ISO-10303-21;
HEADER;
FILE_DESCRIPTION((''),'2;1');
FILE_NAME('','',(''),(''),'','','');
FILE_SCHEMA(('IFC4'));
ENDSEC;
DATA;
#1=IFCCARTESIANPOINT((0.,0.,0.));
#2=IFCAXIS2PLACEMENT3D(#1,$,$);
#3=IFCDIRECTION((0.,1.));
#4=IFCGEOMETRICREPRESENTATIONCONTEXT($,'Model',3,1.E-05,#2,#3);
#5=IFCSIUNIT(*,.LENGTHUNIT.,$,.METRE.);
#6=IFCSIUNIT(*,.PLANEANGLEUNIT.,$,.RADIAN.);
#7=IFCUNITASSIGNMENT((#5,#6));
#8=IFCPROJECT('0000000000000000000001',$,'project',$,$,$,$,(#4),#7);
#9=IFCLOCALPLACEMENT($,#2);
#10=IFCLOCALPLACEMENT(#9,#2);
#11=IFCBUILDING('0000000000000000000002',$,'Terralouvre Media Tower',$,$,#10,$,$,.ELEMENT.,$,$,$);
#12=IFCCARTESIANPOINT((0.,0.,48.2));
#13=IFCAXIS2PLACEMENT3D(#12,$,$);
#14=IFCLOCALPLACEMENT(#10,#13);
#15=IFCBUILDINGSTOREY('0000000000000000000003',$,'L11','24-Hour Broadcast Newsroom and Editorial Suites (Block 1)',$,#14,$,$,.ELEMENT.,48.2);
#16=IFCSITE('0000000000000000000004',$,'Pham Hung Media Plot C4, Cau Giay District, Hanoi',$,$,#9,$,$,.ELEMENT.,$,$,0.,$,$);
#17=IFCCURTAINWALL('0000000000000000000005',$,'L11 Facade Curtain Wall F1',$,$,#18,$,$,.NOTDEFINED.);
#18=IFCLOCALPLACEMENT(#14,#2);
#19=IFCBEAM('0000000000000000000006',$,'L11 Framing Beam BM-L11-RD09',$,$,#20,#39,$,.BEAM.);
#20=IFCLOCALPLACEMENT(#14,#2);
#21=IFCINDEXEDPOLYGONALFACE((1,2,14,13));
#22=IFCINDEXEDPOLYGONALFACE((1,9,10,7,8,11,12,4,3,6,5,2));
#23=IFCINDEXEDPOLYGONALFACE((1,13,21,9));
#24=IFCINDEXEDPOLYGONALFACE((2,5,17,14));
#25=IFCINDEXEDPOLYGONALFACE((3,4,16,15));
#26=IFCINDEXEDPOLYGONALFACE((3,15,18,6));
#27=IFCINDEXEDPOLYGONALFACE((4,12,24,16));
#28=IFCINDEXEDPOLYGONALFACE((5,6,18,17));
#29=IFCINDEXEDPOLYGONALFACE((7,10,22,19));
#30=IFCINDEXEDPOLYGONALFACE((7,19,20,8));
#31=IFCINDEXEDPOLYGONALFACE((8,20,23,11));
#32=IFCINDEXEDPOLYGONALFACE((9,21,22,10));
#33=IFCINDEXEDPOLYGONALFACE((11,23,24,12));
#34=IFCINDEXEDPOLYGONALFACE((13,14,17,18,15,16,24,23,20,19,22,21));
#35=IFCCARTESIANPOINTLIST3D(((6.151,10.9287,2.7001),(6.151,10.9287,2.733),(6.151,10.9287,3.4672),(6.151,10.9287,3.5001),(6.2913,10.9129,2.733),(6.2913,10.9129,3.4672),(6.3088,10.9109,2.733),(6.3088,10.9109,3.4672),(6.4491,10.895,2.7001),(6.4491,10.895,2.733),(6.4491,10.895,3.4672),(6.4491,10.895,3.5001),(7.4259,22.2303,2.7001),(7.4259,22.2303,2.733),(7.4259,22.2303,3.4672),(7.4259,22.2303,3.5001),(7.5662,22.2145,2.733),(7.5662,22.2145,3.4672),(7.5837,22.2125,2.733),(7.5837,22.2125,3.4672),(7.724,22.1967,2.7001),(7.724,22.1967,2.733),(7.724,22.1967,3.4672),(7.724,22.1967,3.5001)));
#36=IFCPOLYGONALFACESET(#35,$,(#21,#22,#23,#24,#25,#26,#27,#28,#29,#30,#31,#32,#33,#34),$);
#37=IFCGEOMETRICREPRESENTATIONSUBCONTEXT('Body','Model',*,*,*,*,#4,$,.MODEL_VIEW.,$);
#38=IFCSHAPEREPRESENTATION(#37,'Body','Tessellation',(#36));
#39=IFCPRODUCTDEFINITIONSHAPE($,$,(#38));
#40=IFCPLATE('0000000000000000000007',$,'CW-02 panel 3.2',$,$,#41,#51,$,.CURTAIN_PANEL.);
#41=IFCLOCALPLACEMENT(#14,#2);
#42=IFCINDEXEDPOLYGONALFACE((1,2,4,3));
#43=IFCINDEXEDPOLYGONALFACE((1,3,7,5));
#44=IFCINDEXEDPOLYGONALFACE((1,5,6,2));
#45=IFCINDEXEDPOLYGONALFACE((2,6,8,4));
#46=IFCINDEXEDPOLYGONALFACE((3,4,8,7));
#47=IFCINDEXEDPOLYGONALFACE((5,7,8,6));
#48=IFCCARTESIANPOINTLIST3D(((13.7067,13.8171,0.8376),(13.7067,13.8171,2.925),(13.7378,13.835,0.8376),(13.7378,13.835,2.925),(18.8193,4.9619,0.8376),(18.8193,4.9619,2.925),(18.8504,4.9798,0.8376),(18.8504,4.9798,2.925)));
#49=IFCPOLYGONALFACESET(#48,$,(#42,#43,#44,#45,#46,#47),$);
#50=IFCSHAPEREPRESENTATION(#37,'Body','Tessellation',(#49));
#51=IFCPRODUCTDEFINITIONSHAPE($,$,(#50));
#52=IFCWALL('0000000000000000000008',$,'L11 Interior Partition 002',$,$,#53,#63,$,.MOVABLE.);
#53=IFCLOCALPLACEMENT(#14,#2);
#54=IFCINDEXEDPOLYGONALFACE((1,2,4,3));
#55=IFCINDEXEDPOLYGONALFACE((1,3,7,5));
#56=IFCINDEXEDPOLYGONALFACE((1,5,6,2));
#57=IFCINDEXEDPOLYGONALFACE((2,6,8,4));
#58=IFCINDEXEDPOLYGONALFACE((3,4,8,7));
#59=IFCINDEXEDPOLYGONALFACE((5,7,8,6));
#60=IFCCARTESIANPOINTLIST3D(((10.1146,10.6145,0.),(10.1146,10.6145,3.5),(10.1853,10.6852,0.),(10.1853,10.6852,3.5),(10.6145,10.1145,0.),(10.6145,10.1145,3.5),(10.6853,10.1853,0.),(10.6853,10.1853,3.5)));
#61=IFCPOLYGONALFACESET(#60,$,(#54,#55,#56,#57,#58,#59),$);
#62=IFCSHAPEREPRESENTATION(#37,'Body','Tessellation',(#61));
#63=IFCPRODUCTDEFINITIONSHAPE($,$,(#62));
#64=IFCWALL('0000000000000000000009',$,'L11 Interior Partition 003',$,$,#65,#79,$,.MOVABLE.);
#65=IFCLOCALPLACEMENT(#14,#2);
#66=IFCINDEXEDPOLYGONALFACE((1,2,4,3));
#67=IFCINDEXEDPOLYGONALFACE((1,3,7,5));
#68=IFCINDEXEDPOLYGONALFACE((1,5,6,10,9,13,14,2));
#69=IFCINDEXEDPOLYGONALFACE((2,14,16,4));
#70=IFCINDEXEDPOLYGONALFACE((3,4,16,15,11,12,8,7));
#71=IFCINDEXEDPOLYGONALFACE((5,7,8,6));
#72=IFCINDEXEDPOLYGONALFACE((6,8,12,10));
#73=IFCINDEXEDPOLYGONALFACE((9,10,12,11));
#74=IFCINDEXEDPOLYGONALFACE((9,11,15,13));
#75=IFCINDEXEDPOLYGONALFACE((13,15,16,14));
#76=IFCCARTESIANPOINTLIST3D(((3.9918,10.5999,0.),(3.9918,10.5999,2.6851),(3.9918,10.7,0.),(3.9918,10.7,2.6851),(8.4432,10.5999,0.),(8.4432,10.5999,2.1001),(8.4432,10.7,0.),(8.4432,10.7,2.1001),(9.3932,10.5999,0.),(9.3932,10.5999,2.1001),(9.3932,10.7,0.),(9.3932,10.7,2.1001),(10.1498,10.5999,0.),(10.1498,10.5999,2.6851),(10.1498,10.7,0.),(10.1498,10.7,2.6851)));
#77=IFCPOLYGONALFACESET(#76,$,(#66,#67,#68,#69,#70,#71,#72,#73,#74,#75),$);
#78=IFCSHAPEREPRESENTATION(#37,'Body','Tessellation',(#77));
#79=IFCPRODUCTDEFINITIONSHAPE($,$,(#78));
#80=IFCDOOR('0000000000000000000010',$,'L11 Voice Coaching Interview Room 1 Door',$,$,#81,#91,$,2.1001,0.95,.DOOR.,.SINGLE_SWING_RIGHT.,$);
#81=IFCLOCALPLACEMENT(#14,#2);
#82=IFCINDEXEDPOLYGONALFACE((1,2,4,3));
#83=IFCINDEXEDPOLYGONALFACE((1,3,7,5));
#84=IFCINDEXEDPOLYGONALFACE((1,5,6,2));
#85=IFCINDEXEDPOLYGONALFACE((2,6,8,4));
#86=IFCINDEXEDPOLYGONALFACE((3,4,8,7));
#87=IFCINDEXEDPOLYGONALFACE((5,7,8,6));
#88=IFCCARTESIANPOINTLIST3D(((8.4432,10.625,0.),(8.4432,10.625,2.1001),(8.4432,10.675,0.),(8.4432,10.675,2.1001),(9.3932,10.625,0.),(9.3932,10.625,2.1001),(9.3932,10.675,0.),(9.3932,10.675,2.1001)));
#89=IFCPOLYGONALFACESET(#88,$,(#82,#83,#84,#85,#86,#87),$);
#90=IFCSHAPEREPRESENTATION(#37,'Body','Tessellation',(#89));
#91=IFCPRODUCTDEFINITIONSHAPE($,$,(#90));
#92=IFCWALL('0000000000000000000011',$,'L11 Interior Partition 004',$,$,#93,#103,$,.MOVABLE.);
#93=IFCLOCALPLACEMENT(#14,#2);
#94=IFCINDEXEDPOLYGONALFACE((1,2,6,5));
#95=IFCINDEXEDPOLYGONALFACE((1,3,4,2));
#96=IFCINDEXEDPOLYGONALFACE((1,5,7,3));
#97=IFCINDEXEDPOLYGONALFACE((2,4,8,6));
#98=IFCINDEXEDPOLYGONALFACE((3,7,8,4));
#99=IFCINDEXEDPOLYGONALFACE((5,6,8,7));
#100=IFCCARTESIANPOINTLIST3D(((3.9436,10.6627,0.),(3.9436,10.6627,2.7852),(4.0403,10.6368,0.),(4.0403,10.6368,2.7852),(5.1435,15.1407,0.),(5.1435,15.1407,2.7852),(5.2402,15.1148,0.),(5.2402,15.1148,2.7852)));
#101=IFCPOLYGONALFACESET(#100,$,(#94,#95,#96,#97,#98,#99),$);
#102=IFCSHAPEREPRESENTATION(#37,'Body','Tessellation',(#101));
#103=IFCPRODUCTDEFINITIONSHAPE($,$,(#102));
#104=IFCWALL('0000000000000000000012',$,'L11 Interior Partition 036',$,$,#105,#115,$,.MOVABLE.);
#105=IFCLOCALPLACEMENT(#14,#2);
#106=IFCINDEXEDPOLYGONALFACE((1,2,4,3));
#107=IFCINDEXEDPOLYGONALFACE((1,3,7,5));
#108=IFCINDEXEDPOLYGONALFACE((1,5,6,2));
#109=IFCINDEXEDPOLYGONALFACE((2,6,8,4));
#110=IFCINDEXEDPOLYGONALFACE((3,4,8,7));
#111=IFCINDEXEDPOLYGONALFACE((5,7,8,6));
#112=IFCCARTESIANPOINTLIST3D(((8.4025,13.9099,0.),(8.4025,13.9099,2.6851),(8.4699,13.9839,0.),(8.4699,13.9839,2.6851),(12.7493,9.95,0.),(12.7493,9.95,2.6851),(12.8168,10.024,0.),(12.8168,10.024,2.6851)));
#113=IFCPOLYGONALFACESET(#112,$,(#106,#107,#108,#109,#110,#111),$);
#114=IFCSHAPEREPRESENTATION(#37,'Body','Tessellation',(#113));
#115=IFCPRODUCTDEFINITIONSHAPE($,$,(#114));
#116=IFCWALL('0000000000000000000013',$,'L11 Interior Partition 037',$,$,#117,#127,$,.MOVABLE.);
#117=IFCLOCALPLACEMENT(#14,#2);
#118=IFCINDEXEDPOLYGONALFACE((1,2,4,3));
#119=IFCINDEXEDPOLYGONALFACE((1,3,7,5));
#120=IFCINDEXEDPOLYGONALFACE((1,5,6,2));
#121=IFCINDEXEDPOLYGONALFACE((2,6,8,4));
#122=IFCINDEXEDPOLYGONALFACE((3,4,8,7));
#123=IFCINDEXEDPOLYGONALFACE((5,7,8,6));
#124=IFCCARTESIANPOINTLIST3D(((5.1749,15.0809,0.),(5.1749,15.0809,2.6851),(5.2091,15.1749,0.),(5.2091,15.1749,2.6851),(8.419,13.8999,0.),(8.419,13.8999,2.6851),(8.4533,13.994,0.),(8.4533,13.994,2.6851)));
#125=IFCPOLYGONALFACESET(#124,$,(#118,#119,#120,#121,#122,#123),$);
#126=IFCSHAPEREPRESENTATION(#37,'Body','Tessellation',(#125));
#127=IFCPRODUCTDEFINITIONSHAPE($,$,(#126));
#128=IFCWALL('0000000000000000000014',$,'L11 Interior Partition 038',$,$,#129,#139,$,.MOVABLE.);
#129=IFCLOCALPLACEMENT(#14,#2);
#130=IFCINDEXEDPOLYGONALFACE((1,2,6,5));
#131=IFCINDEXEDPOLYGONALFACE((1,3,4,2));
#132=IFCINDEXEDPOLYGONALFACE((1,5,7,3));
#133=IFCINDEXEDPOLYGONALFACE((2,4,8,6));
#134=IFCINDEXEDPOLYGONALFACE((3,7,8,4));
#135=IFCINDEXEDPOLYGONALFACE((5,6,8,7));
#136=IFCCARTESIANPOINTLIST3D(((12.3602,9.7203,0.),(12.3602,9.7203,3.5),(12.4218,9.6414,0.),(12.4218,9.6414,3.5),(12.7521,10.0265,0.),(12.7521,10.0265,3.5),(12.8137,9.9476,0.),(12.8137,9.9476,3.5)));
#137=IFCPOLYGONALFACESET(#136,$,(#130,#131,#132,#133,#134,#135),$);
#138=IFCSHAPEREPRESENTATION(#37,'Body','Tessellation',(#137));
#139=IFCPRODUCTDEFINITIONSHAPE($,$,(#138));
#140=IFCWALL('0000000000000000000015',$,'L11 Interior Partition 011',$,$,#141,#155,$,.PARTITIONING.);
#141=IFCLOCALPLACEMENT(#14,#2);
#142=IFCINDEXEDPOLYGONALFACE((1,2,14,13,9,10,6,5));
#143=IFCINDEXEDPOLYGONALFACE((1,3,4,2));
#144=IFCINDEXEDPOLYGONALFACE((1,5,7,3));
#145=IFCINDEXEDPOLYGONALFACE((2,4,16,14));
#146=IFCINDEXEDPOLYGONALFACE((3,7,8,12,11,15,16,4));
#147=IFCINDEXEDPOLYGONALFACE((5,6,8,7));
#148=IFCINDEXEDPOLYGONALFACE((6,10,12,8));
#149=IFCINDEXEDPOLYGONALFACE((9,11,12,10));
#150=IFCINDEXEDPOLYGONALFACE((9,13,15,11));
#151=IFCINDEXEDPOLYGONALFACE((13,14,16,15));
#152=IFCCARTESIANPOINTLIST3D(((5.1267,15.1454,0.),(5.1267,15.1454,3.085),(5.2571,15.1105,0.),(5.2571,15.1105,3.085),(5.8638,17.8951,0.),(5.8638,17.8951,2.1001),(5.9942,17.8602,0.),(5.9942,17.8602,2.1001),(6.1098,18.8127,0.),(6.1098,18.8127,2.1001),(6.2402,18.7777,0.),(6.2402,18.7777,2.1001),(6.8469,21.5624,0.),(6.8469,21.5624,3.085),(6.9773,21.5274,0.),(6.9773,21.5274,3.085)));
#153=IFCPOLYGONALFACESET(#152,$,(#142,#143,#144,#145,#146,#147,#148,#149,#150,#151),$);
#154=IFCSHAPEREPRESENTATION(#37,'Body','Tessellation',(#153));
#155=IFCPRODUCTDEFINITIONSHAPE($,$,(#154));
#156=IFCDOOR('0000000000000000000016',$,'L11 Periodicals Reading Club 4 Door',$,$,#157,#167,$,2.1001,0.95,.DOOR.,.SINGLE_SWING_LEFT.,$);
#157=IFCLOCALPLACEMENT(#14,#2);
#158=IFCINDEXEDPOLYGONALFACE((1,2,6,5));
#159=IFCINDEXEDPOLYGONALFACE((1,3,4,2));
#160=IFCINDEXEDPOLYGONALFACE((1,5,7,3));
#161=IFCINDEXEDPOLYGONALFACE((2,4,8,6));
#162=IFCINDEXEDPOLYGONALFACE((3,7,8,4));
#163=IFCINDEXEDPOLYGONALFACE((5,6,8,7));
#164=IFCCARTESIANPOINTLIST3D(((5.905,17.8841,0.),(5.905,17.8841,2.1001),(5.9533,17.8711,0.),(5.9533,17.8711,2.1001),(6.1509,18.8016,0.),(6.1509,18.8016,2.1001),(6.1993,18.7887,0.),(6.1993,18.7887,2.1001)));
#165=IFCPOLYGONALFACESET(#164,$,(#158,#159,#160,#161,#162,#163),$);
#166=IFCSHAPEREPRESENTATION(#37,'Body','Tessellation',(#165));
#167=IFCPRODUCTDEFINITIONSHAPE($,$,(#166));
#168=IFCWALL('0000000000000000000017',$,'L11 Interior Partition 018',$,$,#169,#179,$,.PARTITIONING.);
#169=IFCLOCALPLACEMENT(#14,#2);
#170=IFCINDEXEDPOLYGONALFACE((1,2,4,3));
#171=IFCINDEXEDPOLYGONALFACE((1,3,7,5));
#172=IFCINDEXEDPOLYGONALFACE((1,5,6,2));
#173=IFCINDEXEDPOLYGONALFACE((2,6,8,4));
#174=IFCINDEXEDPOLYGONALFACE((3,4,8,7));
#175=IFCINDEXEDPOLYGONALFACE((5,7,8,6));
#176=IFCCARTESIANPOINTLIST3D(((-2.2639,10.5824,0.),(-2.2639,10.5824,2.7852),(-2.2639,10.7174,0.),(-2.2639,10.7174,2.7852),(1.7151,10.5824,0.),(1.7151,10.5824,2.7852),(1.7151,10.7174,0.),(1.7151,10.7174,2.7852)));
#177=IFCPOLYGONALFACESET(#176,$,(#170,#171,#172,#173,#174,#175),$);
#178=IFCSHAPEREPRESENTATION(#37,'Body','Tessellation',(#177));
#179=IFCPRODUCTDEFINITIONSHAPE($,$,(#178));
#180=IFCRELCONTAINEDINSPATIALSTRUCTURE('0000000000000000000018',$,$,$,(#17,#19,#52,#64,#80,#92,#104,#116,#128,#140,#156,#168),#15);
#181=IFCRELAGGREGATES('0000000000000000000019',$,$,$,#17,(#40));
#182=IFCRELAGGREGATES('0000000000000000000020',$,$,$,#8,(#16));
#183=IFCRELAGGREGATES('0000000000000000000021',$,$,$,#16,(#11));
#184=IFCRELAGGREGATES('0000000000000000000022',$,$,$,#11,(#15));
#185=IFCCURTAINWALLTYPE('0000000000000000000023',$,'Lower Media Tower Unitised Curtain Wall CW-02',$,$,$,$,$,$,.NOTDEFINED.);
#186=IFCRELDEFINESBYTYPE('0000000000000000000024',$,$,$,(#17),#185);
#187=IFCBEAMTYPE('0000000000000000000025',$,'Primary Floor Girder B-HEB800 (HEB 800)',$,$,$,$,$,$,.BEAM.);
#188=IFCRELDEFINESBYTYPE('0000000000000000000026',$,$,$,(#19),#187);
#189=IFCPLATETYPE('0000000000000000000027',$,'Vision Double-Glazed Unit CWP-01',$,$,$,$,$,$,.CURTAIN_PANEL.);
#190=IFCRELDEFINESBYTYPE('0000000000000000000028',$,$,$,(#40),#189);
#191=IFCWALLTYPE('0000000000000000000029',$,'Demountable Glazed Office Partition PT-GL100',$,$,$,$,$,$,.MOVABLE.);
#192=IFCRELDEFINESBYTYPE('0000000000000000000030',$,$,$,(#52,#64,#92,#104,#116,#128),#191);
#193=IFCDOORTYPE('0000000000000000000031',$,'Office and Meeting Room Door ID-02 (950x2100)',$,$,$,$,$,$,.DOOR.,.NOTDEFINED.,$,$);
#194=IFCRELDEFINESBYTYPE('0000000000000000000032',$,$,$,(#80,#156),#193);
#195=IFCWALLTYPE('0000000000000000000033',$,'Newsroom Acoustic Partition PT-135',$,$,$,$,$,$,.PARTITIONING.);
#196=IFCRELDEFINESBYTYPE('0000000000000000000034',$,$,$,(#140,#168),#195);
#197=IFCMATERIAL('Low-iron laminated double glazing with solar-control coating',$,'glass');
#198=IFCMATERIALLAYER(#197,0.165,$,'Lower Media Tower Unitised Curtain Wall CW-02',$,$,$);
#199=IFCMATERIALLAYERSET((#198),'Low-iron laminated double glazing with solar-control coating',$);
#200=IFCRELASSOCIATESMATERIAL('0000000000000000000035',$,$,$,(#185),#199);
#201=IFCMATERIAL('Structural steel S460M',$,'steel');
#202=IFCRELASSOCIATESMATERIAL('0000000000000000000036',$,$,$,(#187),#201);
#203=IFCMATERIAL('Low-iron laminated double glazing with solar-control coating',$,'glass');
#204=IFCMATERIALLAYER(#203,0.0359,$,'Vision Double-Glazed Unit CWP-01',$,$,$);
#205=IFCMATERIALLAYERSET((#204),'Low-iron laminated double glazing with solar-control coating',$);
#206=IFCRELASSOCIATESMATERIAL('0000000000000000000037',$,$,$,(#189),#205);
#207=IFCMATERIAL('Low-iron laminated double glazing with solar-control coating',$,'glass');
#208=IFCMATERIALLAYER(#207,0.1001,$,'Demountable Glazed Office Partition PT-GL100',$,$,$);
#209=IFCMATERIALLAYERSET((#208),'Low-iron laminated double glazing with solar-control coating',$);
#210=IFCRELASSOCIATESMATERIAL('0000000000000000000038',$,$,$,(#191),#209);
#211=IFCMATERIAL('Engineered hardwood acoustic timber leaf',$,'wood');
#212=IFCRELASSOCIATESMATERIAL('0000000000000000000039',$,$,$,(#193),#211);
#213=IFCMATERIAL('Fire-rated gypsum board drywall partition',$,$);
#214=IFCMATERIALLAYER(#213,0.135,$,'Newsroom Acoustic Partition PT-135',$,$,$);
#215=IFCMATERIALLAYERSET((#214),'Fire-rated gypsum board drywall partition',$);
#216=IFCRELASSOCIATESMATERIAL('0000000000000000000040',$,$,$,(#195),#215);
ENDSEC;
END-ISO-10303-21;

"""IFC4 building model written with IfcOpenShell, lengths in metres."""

from ifc_helpers import new_model, si_unit, direction, frame, frame_2d, origin, origin_2d, place, context, subcontext, project, spatial, rectangle, i_section, extrude, material, layer, layer_set, material_profile, profile_set, type_object, element, fill, aggregate, save


model = new_model("IFC4")

# Units and contexts
model_context = context("Model", 3, precision=1e-05, world=origin(), true_north=direction((0.0, 1.0)))
body_context = subcontext(model_context, "Body", "Model", "MODEL_VIEW")
ifc_project = project(units=[si_unit("LENGTHUNIT", "METRE"), si_unit("PLANEANGLEUNIT", "RADIAN")], contexts=[model_context])

# Site, building, storey
site_placement = place(None, origin())
site = spatial("IfcSite", under=ifc_project, at=site_placement, Name="Pham Hung Media Plot C4, Cau Giay District, Hanoi", CompositionType="ELEMENT", RefElevation=0.0)
building_placement = place(site_placement, origin())
building = spatial("IfcBuilding", under=site, at=building_placement, Name="Terralouvre Media Tower", CompositionType="ELEMENT")
storey_placement = place(building_placement, frame((0.0, 0.0, 48.2)))
storey = spatial("IfcBuildingStorey", under=building, at=storey_placement, Name="L11", Description="24-Hour Broadcast Newsroom and Editorial Suites (Block 1)", CompositionType="ELEMENT", Elevation=48.2)

# Curtain wall
ifc_material_1 = material(Name="Low-iron laminated double glazing with solar-control coating", Category="glass")
ifc_layer_1 = layer(ifc_material_1, 0.165, Name="Lower Media Tower Unitised Curtain Wall CW-02")
ifc_layer_set_1 = layer_set([ifc_layer_1], Name="Low-iron laminated double glazing with solar-control coating")
curtain_wall_type = type_object("IfcCurtainWallType", Name="Lower Media Tower Unitised Curtain Wall CW-02", PredefinedType="NOTDEFINED", material=ifc_layer_set_1)
curtain_wall_placement = place(storey_placement, origin())
curtain_wall = element("IfcCurtainWall", 1, at=curtain_wall_placement, inside=storey, type_object=curtain_wall_type, Name="L11 Facade Curtain Wall F1", PredefinedType="NOTDEFINED")

# Beam
ifc_material_2 = material(Name="Structural steel S460M", Category="steel")
ifc_material_profile_1 = material_profile(ifc_material_2, i_section(OverallWidth=0.3, OverallDepth=0.8, WebThickness=0.0176, FlangeThickness=0.033, at=origin_2d()), Name="HEB 800")
ifc_profile_set_1 = profile_set([ifc_material_profile_1], Name="Structural steel S460M")
beam_type_1 = type_object("IfcBeamType", Name="Primary Floor Girder B-HEB800 (HEB 800)", PredefinedType="BEAM", material=ifc_profile_set_1)
beam_1_placement = place(storey_placement, frame((6.3, 10.9119, 3.1001), z_axis=(0.112097, 0.993697, 0.0), x_axis=(-0.993697, 0.112097, 0.0)))
element("IfcBeam", 2, at=beam_1_placement, inside=storey, type_object=beam_type_1, Name="L11 Framing Beam BM-L11-RD09", PredefinedType="BEAM", context=body_context, shape_type="SweptSolid", body=[
    extrude(i_section(OverallWidth=0.3, OverallDepth=0.8, WebThickness=0.0176, FlangeThickness=0.033, at=origin_2d()), origin(), (0.0, 0.0, 1.0), 11.3733),
])

# Plate
ifc_material_3 = material(Name="Low-iron laminated double glazing with solar-control coating", Category="glass")
ifc_layer_2 = layer(ifc_material_3, 0.0359, Name="Vision Double-Glazed Unit CWP-01")
ifc_layer_set_2 = layer_set([ifc_layer_2], Name="Low-iron laminated double glazing with solar-control coating")
plate_type = type_object("IfcPlateType", Name="Vision Double-Glazed Unit CWP-01", PredefinedType="CURTAIN_PANEL", material=ifc_layer_set_2)
plate_placement = place(storey_placement, frame((16.2786, 9.3984, 0.8376), z_axis=(0.0, 0.0, 1.0), x_axis=(-0.5, 0.866025, 0.0)))
plate = element("IfcPlate", 3, at=plate_placement, type_object=plate_type, Name="CW-02 panel 3.2", PredefinedType="CURTAIN_PANEL", context=body_context, shape_type="SweptSolid", body=[
    extrude(rectangle(XDim=10.2251, YDim=0.0359, at=origin_2d()), origin(), (0.0, 0.0, 1.0), 2.0874),
])
aggregate(curtain_wall, [plate])

# Wall
ifc_material_4 = material(Name="Low-iron laminated double glazing with solar-control coating", Category="glass")
ifc_layer_3 = layer(ifc_material_4, 0.1001, Name="Demountable Glazed Office Partition PT-GL100")
ifc_layer_set_3 = layer_set([ifc_layer_3], Name="Low-iron laminated double glazing with solar-control coating")
wall_type_1 = type_object("IfcWallType", Name="Demountable Glazed Office Partition PT-GL100", PredefinedType="MOVABLE", material=ifc_layer_set_3)
wall_1_placement = place(storey_placement, frame((10.6499, 10.1499, 0.0), z_axis=(0.0, 0.0, 1.0), x_axis=(-0.707107, 0.707107, 0.0)))
element("IfcWall", 4, at=wall_1_placement, inside=storey, type_object=wall_type_1, Name="L11 Interior Partition 002", PredefinedType="MOVABLE", context=body_context, shape_type="SweptSolid", body=[
    extrude(rectangle(XDim=0.707, YDim=0.1001, at=frame_2d((0.3535, 0.0))), origin(), (0.0, 0.0, 1.0), 3.5),
])

# Wall, opening, door
wall_2_placement = place(storey_placement, frame((10.1499, 10.6499, 0.0), z_axis=(0.0, 0.0, 1.0), x_axis=(-1.0, 0.0, 0.0)))
wall_2 = element("IfcWall", 5, at=wall_2_placement, inside=storey, type_object=wall_type_1, Name="L11 Interior Partition 003", PredefinedType="MOVABLE", context=body_context, shape_type="SweptSolid", body=[
    extrude(rectangle(XDim=6.158, YDim=0.1001, at=frame_2d((3.0791, 0.0))), origin(), (0.0, 0.0, 1.0), 2.6851),
])
opening_1_placement = place(wall_2_placement, frame((0.7566, 0.0, 0.0)))
opening_1 = element("IfcOpeningElement", 6, at=opening_1_placement, cuts=wall_2, PredefinedType="OPENING", context=body_context, shape_type="SweptSolid", body=[
    extrude(rectangle(XDim=0.95, YDim=2.1001, at=frame_2d((0.4751, 1.05))), frame((0.0, 0.0601, 0.0), z_axis=(0.0, -1.0, 0.0), x_axis=(1.0, 0.0, 0.0)), (0.0, 0.0, 1.0), 0.1201),
])
ifc_material_5 = material(Name="Engineered hardwood acoustic timber leaf", Category="wood")
door_type = type_object("IfcDoorType", Name="Office and Meeting Room Door ID-02 (950x2100)", OperationType="NOTDEFINED", PredefinedType="DOOR", material=ifc_material_5)
door_1_placement = place(opening_1_placement, origin())
door_1 = element("IfcDoor", 7, at=door_1_placement, inside=storey, type_object=door_type, Name="L11 Voice Coaching Interview Room 1 Door", OperationType="SINGLE_SWING_RIGHT", OverallHeight=2.1001, OverallWidth=0.95, PredefinedType="DOOR", context=body_context, shape_type="SweptSolid", body=[
    extrude(rectangle(XDim=0.95, YDim=2.1001, at=frame_2d((0.4751, 1.05))), frame((0.0, 0.0249, 0.0), z_axis=(0.0, -1.0, 0.0), x_axis=(1.0, 0.0, 0.0)), (0.0, 0.0, 1.0), 0.05),
])
fill(opening_1, door_1)

# Walls
wall_3_placement = place(storey_placement, frame((3.9919, 10.6499, 0.0), z_axis=(0.0, 0.0, 1.0), x_axis=(0.258833, 0.965922, 0.0)))
element("IfcWall", 8, at=wall_3_placement, inside=storey, type_object=wall_type_1, Name="L11 Interior Partition 004", PredefinedType="MOVABLE", context=body_context, shape_type="SweptSolid", body=[
    extrude(rectangle(XDim=4.636, YDim=0.1001, at=frame_2d((2.3179, 0.0))), origin(), (0.0, 0.0, 1.0), 2.7852),
])
wall_4_placement = place(storey_placement, frame((12.783, 9.9871, 0.0), z_axis=(0.0, 0.0, 1.0), x_axis=(-0.739245, 0.673437, 0.0)))
element("IfcWall", 9, at=wall_4_placement, inside=storey, type_object=wall_type_1, Name="L11 Interior Partition 036", PredefinedType="MOVABLE", context=body_context, shape_type="SweptSolid", body=[
    extrude(rectangle(XDim=5.8801, YDim=0.1001, at=frame_2d((2.9399, 0.0))), origin(), (0.0, 0.0, 1.0), 2.6851),
])
wall_5_placement = place(storey_placement, frame((8.436, 13.947, 0.0), z_axis=(0.0, 0.0, 1.0), x_axis=(-0.93968, 0.342055, 0.0)))
element("IfcWall", 10, at=wall_5_placement, inside=storey, type_object=wall_type_1, Name="L11 Interior Partition 037", PredefinedType="MOVABLE", context=body_context, shape_type="SweptSolid", body=[
    extrude(rectangle(XDim=3.4524, YDim=0.1001, at=frame_2d((1.7261, 0.0))), origin(), (0.0, 0.0, 1.0), 2.6851),
])
wall_6_placement = place(storey_placement, frame((12.3911, 9.6809, 0.0), z_axis=(0.0, 0.0, 1.0), x_axis=(0.788002, 0.615673, 0.0)))
element("IfcWall", 11, at=wall_6_placement, inside=storey, type_object=wall_type_1, Name="L11 Interior Partition 038", PredefinedType="MOVABLE", context=body_context, shape_type="SweptSolid", body=[
    extrude(rectangle(XDim=0.4973, YDim=0.1001, at=frame_2d((0.2485, 0.0))), origin(), (0.0, 0.0, 1.0), 3.5),
])

# Wall, opening, door
ifc_material_6 = material(Name="Fire-rated gypsum board drywall partition")
ifc_layer_4 = layer(ifc_material_6, 0.135, Name="Newsroom Acoustic Partition PT-135")
ifc_layer_set_4 = layer_set([ifc_layer_4], Name="Fire-rated gypsum board drywall partition")
wall_type_2 = type_object("IfcWallType", Name="Newsroom Acoustic Partition PT-135", PredefinedType="PARTITIONING", material=ifc_layer_set_4)
wall_7_placement = place(storey_placement, frame((5.1919, 15.1279, 0.0), z_axis=(0.0, 0.0, 1.0), x_axis=(0.25893, 0.965896, 0.0)))
wall_7 = element("IfcWall", 12, at=wall_7_placement, inside=storey, type_object=wall_type_2, Name="L11 Interior Partition 011", PredefinedType="PARTITIONING", context=body_context, shape_type="SweptSolid", body=[
    extrude(rectangle(XDim=6.6436, YDim=0.135, at=frame_2d((3.3218, 0.0))), origin(), (0.0, 0.0, 1.0), 3.085),
])
opening_2_placement = place(wall_7_placement, frame((2.8467, 0.0, 0.0)))
opening_2 = element("IfcOpeningElement", 13, at=opening_2_placement, cuts=wall_7, PredefinedType="OPENING", context=body_context, shape_type="SweptSolid", body=[
    extrude(rectangle(XDim=0.95, YDim=2.1001, at=frame_2d((0.4751, 1.05))), frame((0.0, 0.0774, 0.0), z_axis=(0.0, -1.0, 0.0), x_axis=(1.0, 0.0, 0.0)), (0.0, 0.0, 1.0), 0.155),
])
door_2_placement = place(opening_2_placement, origin())
door_2 = element("IfcDoor", 14, at=door_2_placement, inside=storey, type_object=door_type, Name="L11 Periodicals Reading Club 4 Door", OperationType="SINGLE_SWING_LEFT", OverallHeight=2.1001, OverallWidth=0.95, PredefinedType="DOOR", context=body_context, shape_type="SweptSolid", body=[
    extrude(rectangle(XDim=0.95, YDim=2.1001, at=frame_2d((0.4751, 1.05))), frame((0.0, 0.0249, 0.0), z_axis=(0.0, -1.0, 0.0), x_axis=(1.0, 0.0, 0.0)), (0.0, 0.0, 1.0), 0.05),
])
fill(opening_2, door_2)

# Wall
wall_8_placement = place(storey_placement, frame((1.7151, 10.6499, 0.0), z_axis=(0.0, 0.0, 1.0), x_axis=(-1.0, 0.0, 0.0)))
element("IfcWall", 15, at=wall_8_placement, inside=storey, type_object=wall_type_2, Name="L11 Interior Partition 018", PredefinedType="PARTITIONING", context=body_context, shape_type="SweptSolid", body=[
    extrude(rectangle(XDim=3.979, YDim=0.135, at=frame_2d((1.9895, 0.0))), origin(), (0.0, 0.0, 1.0), 2.7852),
])

save(model, "model.ifc")
